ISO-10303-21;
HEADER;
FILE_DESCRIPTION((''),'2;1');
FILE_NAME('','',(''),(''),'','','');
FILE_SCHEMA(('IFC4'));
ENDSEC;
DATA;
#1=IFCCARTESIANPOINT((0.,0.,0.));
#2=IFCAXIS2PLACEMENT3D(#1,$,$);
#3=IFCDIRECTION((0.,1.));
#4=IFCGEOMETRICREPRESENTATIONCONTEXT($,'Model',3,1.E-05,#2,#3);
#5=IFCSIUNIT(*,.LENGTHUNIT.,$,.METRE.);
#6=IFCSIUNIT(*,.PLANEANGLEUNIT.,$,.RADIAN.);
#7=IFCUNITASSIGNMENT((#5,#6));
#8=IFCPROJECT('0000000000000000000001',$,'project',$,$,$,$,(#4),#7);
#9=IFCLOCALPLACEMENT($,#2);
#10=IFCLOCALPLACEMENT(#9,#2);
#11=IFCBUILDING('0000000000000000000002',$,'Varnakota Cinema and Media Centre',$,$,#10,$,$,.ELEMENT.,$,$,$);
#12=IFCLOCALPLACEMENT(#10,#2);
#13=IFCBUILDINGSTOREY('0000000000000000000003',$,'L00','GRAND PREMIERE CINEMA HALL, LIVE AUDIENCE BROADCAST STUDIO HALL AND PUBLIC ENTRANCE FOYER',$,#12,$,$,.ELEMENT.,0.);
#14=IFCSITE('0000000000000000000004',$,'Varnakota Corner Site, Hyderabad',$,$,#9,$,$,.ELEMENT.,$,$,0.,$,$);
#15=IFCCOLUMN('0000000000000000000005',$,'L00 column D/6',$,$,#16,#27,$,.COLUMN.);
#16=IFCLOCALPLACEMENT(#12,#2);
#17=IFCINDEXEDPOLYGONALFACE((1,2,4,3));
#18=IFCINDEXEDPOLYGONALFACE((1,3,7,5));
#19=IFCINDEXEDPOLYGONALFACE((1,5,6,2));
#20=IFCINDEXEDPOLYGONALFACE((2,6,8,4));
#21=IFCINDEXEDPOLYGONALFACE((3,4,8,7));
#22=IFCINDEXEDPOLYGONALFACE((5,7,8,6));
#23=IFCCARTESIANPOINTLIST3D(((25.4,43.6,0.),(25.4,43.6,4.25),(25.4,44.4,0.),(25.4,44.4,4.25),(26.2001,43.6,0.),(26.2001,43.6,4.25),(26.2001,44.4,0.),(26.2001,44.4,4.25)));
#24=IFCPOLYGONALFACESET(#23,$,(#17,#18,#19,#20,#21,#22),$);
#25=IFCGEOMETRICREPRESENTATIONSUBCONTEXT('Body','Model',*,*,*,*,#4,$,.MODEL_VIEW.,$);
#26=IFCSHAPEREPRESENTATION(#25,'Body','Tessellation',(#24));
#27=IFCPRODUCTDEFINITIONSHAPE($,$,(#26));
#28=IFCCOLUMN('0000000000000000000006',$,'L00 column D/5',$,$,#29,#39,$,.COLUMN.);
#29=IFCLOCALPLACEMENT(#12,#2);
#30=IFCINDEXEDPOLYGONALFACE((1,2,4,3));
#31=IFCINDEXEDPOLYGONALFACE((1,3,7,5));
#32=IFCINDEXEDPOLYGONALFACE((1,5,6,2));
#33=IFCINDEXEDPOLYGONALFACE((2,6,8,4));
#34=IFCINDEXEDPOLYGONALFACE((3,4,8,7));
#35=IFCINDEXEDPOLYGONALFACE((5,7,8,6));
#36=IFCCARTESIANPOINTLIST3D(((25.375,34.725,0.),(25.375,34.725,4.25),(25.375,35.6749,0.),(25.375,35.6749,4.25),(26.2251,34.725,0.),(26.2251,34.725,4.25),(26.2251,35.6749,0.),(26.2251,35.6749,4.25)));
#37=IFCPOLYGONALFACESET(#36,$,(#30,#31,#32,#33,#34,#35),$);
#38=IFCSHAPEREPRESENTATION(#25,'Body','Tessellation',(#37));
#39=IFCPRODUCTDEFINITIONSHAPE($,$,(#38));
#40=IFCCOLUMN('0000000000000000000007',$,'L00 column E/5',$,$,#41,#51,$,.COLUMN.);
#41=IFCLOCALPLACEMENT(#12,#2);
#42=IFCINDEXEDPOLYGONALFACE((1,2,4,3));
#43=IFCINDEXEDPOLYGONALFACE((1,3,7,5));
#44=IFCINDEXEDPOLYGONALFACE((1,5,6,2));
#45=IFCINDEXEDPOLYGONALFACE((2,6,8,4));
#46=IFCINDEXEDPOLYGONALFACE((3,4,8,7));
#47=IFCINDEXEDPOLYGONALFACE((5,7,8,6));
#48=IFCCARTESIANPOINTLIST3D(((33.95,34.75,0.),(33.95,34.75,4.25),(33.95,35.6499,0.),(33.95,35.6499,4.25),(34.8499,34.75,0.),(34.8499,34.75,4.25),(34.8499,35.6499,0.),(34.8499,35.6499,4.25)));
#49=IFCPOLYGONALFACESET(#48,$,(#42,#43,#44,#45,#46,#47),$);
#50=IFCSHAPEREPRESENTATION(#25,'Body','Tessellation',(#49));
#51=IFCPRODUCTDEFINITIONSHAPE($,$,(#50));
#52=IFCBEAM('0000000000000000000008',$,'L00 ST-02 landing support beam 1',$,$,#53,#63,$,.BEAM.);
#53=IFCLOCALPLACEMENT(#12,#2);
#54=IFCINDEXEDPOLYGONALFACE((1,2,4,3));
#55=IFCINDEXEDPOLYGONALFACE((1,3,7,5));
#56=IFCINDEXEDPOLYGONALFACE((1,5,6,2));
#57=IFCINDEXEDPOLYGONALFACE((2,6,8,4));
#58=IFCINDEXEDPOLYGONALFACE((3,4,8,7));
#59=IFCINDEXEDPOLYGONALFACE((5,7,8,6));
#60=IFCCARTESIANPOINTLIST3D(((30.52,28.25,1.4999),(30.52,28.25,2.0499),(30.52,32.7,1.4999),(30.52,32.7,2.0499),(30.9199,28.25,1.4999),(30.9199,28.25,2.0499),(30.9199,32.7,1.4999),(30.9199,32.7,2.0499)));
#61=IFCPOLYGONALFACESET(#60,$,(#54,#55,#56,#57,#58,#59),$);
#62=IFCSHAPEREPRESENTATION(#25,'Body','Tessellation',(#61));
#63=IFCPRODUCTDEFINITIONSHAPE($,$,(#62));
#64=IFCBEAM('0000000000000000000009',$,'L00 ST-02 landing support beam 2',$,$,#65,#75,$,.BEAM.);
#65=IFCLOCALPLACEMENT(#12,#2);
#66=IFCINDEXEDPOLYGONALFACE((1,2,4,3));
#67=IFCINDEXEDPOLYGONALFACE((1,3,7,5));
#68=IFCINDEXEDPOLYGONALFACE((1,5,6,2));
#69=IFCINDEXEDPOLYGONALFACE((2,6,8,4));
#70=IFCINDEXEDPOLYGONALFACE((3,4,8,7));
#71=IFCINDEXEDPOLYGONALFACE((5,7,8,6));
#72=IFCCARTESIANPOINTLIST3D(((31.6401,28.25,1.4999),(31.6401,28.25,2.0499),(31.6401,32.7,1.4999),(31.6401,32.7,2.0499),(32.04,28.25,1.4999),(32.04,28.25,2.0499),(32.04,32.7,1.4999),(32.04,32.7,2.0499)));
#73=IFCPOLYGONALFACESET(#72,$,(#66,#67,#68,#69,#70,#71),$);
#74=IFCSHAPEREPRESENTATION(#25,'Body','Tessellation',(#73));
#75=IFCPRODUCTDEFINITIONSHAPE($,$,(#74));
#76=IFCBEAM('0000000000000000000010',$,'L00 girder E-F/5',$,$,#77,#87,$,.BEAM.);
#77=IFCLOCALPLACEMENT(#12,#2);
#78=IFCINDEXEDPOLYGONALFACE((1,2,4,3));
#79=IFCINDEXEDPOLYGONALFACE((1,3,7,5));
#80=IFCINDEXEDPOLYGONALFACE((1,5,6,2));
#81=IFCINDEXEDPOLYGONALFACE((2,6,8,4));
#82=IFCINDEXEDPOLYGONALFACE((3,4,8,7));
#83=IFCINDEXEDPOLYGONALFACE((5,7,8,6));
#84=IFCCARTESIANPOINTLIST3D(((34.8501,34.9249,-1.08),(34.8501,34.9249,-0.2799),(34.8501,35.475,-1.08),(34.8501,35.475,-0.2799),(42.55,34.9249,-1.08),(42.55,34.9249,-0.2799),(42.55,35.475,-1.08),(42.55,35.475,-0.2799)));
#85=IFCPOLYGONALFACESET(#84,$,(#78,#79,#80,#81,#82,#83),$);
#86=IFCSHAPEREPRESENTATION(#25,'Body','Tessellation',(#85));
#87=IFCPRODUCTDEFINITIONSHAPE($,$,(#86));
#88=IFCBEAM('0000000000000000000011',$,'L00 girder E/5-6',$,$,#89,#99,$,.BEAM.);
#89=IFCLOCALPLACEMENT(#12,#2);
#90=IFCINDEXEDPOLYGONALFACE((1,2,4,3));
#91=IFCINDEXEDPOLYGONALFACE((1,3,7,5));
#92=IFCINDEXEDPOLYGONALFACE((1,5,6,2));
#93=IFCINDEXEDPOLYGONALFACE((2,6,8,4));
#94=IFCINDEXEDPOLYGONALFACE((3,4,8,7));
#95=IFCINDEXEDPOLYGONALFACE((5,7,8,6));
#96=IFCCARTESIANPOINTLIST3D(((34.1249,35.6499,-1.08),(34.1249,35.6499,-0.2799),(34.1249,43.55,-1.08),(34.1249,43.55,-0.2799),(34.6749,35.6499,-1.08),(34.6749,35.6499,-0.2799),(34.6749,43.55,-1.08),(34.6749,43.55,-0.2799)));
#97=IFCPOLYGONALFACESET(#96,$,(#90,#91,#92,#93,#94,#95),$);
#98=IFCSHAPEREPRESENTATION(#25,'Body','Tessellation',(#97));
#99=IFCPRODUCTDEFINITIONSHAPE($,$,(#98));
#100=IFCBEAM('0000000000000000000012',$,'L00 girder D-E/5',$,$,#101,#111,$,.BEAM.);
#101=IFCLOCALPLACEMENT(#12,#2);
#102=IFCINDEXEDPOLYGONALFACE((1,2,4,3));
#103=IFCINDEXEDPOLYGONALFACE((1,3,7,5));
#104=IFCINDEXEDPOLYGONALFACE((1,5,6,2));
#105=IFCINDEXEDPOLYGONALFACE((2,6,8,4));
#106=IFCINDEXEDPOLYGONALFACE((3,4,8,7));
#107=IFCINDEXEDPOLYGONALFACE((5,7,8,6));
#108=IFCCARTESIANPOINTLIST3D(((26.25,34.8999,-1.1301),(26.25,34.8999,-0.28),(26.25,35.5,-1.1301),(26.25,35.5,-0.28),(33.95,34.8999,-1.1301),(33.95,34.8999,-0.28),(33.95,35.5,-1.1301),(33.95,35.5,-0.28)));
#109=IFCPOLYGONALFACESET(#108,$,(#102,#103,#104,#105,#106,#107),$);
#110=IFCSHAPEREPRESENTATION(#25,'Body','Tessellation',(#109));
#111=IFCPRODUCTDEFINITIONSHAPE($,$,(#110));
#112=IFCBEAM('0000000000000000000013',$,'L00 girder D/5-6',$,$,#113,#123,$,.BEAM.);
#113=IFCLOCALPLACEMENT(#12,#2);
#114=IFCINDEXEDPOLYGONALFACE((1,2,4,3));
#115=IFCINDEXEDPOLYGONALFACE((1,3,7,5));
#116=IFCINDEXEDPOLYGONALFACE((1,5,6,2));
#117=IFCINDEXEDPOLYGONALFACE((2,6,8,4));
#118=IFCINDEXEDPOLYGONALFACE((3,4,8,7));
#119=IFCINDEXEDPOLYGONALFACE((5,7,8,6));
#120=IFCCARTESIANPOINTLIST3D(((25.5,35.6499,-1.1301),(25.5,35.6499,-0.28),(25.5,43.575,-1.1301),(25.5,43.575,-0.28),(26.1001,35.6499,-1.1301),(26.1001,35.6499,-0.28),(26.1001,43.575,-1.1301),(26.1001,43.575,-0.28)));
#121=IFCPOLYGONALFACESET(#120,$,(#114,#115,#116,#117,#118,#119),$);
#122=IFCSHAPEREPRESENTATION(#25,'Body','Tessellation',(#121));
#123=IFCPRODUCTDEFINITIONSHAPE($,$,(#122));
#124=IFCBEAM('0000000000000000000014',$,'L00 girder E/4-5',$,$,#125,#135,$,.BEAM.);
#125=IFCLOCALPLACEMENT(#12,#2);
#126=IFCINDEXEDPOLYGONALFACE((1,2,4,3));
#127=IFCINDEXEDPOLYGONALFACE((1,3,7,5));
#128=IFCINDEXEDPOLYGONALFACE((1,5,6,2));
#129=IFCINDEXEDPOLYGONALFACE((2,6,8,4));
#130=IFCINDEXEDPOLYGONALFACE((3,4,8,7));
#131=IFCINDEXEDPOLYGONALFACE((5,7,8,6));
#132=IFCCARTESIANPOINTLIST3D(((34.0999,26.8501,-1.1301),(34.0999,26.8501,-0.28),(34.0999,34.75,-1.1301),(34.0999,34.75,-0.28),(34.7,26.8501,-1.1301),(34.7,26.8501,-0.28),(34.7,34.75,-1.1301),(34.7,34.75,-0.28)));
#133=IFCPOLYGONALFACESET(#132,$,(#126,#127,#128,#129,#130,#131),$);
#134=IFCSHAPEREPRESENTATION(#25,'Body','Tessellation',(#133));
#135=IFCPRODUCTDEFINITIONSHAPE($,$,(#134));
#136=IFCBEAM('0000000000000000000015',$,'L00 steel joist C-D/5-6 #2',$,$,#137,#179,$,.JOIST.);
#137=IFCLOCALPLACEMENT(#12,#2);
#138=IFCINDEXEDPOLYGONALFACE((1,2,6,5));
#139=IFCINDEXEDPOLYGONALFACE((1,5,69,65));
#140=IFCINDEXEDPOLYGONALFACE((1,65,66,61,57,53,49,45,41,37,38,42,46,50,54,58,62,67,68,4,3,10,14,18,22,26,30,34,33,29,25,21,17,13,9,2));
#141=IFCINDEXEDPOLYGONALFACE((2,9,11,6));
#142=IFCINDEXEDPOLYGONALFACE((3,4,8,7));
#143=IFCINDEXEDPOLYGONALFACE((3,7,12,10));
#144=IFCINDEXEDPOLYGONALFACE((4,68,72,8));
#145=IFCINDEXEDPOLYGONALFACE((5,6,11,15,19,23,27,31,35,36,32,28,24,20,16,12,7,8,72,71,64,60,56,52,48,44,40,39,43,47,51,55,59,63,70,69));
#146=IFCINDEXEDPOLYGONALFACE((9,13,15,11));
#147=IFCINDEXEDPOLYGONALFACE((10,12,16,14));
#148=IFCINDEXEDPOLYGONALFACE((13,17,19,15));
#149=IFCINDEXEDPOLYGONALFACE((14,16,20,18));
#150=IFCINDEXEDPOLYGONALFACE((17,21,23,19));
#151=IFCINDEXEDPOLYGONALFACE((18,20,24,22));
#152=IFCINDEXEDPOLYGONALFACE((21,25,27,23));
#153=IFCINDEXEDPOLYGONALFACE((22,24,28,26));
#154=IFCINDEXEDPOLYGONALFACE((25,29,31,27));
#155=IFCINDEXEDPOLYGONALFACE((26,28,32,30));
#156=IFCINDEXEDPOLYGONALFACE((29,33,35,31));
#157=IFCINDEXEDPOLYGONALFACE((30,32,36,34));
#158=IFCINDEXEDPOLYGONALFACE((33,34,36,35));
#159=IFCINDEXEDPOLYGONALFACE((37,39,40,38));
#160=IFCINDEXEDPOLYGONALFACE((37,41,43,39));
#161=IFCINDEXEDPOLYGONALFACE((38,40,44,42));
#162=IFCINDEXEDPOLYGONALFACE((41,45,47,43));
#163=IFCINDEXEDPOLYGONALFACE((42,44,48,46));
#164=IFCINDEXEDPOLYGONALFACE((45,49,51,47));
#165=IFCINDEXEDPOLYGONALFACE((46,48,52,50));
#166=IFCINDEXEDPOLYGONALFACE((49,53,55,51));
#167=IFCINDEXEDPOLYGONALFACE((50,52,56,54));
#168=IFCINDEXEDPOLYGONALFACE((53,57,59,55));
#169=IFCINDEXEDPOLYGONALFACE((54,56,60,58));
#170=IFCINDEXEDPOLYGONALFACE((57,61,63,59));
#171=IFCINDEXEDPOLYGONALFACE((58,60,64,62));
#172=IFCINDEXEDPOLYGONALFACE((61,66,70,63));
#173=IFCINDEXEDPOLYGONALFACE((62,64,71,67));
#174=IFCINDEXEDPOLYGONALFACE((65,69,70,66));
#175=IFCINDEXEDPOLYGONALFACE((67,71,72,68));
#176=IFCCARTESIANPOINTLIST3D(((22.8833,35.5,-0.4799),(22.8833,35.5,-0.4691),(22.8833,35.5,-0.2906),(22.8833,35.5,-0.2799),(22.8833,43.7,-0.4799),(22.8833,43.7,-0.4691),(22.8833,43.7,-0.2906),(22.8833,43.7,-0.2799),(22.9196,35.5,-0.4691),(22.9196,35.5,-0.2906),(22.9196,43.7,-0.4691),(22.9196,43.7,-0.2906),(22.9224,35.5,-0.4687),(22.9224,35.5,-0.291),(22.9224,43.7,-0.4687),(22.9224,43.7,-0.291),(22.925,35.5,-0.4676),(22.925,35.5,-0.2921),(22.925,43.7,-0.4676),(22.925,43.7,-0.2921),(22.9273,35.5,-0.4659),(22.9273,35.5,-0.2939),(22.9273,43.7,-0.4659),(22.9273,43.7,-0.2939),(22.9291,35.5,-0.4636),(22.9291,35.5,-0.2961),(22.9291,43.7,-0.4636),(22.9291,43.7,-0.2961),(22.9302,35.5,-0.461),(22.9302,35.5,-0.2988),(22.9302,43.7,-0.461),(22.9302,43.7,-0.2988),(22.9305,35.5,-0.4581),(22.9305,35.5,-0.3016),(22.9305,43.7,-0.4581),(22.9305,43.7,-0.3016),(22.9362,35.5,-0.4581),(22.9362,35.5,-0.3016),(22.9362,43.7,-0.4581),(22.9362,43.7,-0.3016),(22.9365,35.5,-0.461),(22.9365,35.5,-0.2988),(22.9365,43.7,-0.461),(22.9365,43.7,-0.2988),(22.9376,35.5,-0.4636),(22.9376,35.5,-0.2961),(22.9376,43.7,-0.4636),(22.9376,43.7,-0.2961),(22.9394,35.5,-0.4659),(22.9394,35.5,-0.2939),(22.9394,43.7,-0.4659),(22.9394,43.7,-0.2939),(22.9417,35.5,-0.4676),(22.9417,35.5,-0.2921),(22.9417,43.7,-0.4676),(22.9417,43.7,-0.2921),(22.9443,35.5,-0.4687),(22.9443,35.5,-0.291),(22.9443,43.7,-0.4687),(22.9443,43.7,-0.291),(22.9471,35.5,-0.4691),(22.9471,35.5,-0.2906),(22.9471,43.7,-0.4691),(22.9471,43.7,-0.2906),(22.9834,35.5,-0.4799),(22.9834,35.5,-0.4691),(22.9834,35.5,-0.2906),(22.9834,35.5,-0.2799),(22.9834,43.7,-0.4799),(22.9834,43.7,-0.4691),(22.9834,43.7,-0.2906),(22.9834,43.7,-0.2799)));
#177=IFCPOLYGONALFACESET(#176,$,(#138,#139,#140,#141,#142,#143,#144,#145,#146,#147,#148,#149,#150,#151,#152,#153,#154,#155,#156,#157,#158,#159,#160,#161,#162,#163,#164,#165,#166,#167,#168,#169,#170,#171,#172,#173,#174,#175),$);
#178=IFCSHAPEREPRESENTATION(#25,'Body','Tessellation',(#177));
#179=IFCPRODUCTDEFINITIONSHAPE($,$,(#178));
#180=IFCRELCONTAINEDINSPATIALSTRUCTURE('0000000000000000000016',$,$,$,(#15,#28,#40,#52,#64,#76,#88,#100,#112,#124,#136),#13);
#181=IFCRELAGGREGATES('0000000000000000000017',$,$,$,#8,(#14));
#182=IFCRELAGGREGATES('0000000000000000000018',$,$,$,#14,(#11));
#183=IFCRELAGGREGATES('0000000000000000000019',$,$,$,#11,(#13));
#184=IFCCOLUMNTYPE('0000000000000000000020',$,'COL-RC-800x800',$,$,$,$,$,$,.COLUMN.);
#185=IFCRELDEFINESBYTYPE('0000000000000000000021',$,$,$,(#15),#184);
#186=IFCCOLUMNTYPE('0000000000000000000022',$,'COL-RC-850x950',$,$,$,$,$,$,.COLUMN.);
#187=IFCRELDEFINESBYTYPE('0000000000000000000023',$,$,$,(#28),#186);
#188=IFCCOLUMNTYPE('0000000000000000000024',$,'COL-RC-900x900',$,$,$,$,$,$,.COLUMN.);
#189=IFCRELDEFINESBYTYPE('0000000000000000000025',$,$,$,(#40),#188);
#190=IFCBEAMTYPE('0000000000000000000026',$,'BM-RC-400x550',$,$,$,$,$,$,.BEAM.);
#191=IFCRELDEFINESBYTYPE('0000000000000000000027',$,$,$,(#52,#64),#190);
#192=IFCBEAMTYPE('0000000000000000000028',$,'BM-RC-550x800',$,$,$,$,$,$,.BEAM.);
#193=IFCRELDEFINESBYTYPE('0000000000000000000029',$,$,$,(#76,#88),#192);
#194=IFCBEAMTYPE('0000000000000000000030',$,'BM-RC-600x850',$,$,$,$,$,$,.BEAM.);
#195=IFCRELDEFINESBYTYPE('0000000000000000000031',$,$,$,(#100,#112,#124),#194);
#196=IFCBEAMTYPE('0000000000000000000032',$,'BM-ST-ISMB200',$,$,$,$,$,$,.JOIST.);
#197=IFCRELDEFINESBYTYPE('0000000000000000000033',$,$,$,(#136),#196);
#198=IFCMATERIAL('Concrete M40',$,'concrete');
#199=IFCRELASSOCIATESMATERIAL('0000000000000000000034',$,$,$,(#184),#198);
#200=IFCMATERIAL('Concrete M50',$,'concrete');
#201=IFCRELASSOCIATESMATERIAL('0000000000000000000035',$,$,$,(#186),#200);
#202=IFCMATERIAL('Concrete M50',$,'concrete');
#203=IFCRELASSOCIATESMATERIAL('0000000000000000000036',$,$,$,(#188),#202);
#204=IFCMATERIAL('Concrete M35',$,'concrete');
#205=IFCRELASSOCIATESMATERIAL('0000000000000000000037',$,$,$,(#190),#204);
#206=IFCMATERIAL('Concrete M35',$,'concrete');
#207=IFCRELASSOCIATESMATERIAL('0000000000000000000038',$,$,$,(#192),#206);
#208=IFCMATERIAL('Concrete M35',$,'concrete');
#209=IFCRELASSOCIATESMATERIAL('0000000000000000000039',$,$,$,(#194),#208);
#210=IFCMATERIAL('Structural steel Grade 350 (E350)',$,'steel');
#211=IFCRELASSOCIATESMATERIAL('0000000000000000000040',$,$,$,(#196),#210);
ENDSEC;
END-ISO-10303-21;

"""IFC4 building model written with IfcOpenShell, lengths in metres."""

from ifc_helpers import new_model, si_unit, direction, frame, origin, origin_2d, place, context, subcontext, project, spatial, rectangle, i_section, extrude, material, material_profile, profile_set, type_object, element, save


model = new_model("IFC4")

# Units and contexts
model_context = context("Model", 3, precision=1e-05, world=origin(), true_north=direction((0.0, 1.0)))
body_context = subcontext(model_context, "Body", "Model", "MODEL_VIEW")
ifc_project = project(units=[si_unit("LENGTHUNIT", "METRE"), si_unit("PLANEANGLEUNIT", "RADIAN")], contexts=[model_context])

# Site, building, storey
site_placement = place(None, origin())
site = spatial("IfcSite", under=ifc_project, at=site_placement, Name="Varnakota Corner Site, Hyderabad", CompositionType="ELEMENT", RefElevation=0.0)
building_placement = place(site_placement, origin())
building = spatial("IfcBuilding", under=site, at=building_placement, Name="Varnakota Cinema and Media Centre", CompositionType="ELEMENT")
storey_placement = place(building_placement, origin())
storey = spatial("IfcBuildingStorey", under=building, at=storey_placement, Name="L00", Description="GRAND PREMIERE CINEMA HALL, LIVE AUDIENCE BROADCAST STUDIO HALL AND PUBLIC ENTRANCE FOYER", CompositionType="ELEMENT", Elevation=0.0)

# Columns
ifc_material_1 = material(Name="Concrete M40", Category="concrete")
ifc_material_profile_1 = material_profile(ifc_material_1, rectangle(XDim=0.8, YDim=0.8, at=origin_2d()), Name="RC 800x800")
ifc_profile_set_1 = profile_set([ifc_material_profile_1], Name="Concrete M40")
column_type_1 = type_object("IfcColumnType", Name="COL-RC-800x800", PredefinedType="COLUMN", material=ifc_profile_set_1)
column_1_placement = place(storey_placement, frame((25.8, 44.0, 0.0), z_axis=(0.0, 0.0, 1.0), x_axis=(1.0, 0.0, 0.0)))
element("IfcColumn", 1, at=column_1_placement, inside=storey, type_object=column_type_1, Name="L00 column D/6", PredefinedType="COLUMN", context=body_context, shape_type="SweptSolid", body=[
    extrude(rectangle(XDim=0.8, YDim=0.8, at=origin_2d()), origin(), (0.0, 0.0, 1.0), 4.25),
])
ifc_material_2 = material(Name="Concrete M50", Category="concrete")
ifc_material_profile_2 = material_profile(ifc_material_2, rectangle(XDim=0.8501, YDim=0.95, at=origin_2d()), Name="RC 850x950")
ifc_profile_set_2 = profile_set([ifc_material_profile_2], Name="Concrete M50")
column_type_2 = type_object("IfcColumnType", Name="COL-RC-850x950", PredefinedType="COLUMN", material=ifc_profile_set_2)
column_2_placement = place(storey_placement, frame((25.8, 35.2, 0.0), z_axis=(0.0, 0.0, 1.0), x_axis=(1.0, 0.0, 0.0)))
element("IfcColumn", 2, at=column_2_placement, inside=storey, type_object=column_type_2, Name="L00 column D/5", PredefinedType="COLUMN", context=body_context, shape_type="SweptSolid", body=[
    extrude(rectangle(XDim=0.8501, YDim=0.95, at=origin_2d()), origin(), (0.0, 0.0, 1.0), 4.25),
])
ifc_material_3 = material(Name="Concrete M50", Category="concrete")
ifc_material_profile_3 = material_profile(ifc_material_3, rectangle(XDim=0.8999, YDim=0.8999, at=origin_2d()), Name="RC 900x900")
ifc_profile_set_3 = profile_set([ifc_material_profile_3], Name="Concrete M50")
column_type_3 = type_object("IfcColumnType", Name="COL-RC-900x900", PredefinedType="COLUMN", material=ifc_profile_set_3)
column_3_placement = place(storey_placement, frame((34.3999, 35.2, 0.0), z_axis=(0.0, 0.0, 1.0), x_axis=(1.0, 0.0, 0.0)))
element("IfcColumn", 3, at=column_3_placement, inside=storey, type_object=column_type_3, Name="L00 column E/5", PredefinedType="COLUMN", context=body_context, shape_type="SweptSolid", body=[
    extrude(rectangle(XDim=0.8999, YDim=0.8999, at=origin_2d()), origin(), (0.0, 0.0, 1.0), 4.25),
])

# Beams
ifc_material_4 = material(Name="Concrete M35", Category="concrete")
ifc_material_profile_4 = material_profile(ifc_material_4, rectangle(XDim=0.3999, YDim=0.55, at=origin_2d()), Name="RCB 400x550")
ifc_profile_set_4 = profile_set([ifc_material_profile_4], Name="Concrete M35")
beam_type_1 = type_object("IfcBeamType", Name="BM-RC-400x550", PredefinedType="BEAM", material=ifc_profile_set_4)
for number, where, z_axis, x_axis, name in (
    (4, (30.72, 28.25, 1.7749), (0.0, 1.0, 0.0), (-1.0, 0.0, 0.0), "L00 ST-02 landing support beam 1"),
    (5, (31.8401, 28.25, 1.7749), (0.0, 1.0, 0.0), (-1.0, 0.0, 0.0), "L00 ST-02 landing support beam 2"),
):
    element("IfcBeam", number, at=place(storey_placement, frame(where, z_axis=z_axis, x_axis=x_axis)), inside=storey, type_object=beam_type_1, Name=name, PredefinedType="BEAM", context=body_context, shape_type="SweptSolid", body=[
        extrude(rectangle(XDim=0.3999, YDim=0.55, at=origin_2d()), origin(), (0.0, 0.0, 1.0), 4.45),
    ])
ifc_material_5 = material(Name="Concrete M35", Category="concrete")
ifc_material_profile_5 = material_profile(ifc_material_5, rectangle(XDim=0.55, YDim=0.8, at=origin_2d()), Name="RCB 550x800")
ifc_profile_set_5 = profile_set([ifc_material_profile_5], Name="Concrete M35")
beam_type_2 = type_object("IfcBeamType", Name="BM-RC-550x800", PredefinedType="BEAM", material=ifc_profile_set_5)
beam_1_placement = place(storey_placement, frame((34.8501, 35.2, -0.6799), z_axis=(1.0, 0.0, 0.0), x_axis=(0.0, 1.0, 0.0)))
element("IfcBeam", 6, at=beam_1_placement, inside=storey, type_object=beam_type_2, Name="L00 girder E-F/5", PredefinedType="BEAM", context=body_context, shape_type="SweptSolid", body=[
    extrude(rectangle(XDim=0.55, YDim=0.8, at=origin_2d()), origin(), (0.0, 0.0, 1.0), 7.7),
])
beam_2_placement = place(storey_placement, frame((34.3999, 35.6499, -0.6799), z_axis=(0.0, 1.0, 0.0), x_axis=(-1.0, 0.0, 0.0)))
element("IfcBeam", 7, at=beam_2_placement, inside=storey, type_object=beam_type_2, Name="L00 girder E/5-6", PredefinedType="BEAM", context=body_context, shape_type="SweptSolid", body=[
    extrude(rectangle(XDim=0.55, YDim=0.8, at=origin_2d()), origin(), (0.0, 0.0, 1.0), 7.9001),
])
ifc_material_6 = material(Name="Concrete M35", Category="concrete")
ifc_material_profile_6 = material_profile(ifc_material_6, rectangle(XDim=0.6001, YDim=0.8501, at=origin_2d()), Name="RCB 600x850")
ifc_profile_set_6 = profile_set([ifc_material_profile_6], Name="Concrete M35")
beam_type_3 = type_object("IfcBeamType", Name="BM-RC-600x850", PredefinedType="BEAM", material=ifc_profile_set_6)
beam_3_placement = place(storey_placement, frame((26.25, 35.2, -0.7051), z_axis=(1.0, 0.0, 0.0), x_axis=(0.0, 1.0, 0.0)))
element("IfcBeam", 8, at=beam_3_placement, inside=storey, type_object=beam_type_3, Name="L00 girder D-E/5", PredefinedType="BEAM", context=body_context, shape_type="SweptSolid", body=[
    extrude(rectangle(XDim=0.6001, YDim=0.8501, at=origin_2d()), origin(), (0.0, 0.0, 1.0), 7.7),
])
beam_4_placement = place(storey_placement, frame((25.8, 35.6499, -0.7051), z_axis=(0.0, 1.0, 0.0), x_axis=(-1.0, 0.0, 0.0)))
element("IfcBeam", 9, at=beam_4_placement, inside=storey, type_object=beam_type_3, Name="L00 girder D/5-6", PredefinedType="BEAM", context=body_context, shape_type="SweptSolid", body=[
    extrude(rectangle(XDim=0.6001, YDim=0.8501, at=origin_2d()), origin(), (0.0, 0.0, 1.0), 7.925),
])
beam_5_placement = place(storey_placement, frame((34.3999, 26.8501, -0.7051), z_axis=(0.0, 1.0, 0.0), x_axis=(-1.0, 0.0, 0.0)))
element("IfcBeam", 10, at=beam_5_placement, inside=storey, type_object=beam_type_3, Name="L00 girder E/4-5", PredefinedType="BEAM", context=body_context, shape_type="SweptSolid", body=[
    extrude(rectangle(XDim=0.6001, YDim=0.8501, at=origin_2d()), origin(), (0.0, 0.0, 1.0), 7.8999),
])
ifc_material_7 = material(Name="Structural steel Grade 350 (E350)", Category="steel")
ifc_material_profile_7 = material_profile(ifc_material_7, i_section(OverallWidth=0.1001, OverallDepth=0.2, WebThickness=0.0056, FlangeThickness=0.0107, FilletRadius=0.011, at=origin_2d()), Name="ISMB 200")
ifc_profile_set_7 = profile_set([ifc_material_profile_7], Name="Structural steel Grade 350 (E350)")
beam_type_4 = type_object("IfcBeamType", Name="BM-ST-ISMB200", PredefinedType="JOIST", material=ifc_profile_set_7)
beam_6_placement = place(storey_placement, frame((22.9333, 35.5, -0.3799), z_axis=(0.0, 1.0, 0.0), x_axis=(-1.0, 0.0, 0.0)))
element("IfcBeam", 11, at=beam_6_placement, inside=storey, type_object=beam_type_4, Name="L00 steel joist C-D/5-6 #2", PredefinedType="JOIST", context=body_context, shape_type="SweptSolid", body=[
    extrude(i_section(OverallWidth=0.1001, OverallDepth=0.2, WebThickness=0.0056, FlangeThickness=0.0107, FilletRadius=0.011, at=origin_2d()), origin(), (0.0, 0.0, 1.0), 8.2),
])

save(model, "model.ifc")
